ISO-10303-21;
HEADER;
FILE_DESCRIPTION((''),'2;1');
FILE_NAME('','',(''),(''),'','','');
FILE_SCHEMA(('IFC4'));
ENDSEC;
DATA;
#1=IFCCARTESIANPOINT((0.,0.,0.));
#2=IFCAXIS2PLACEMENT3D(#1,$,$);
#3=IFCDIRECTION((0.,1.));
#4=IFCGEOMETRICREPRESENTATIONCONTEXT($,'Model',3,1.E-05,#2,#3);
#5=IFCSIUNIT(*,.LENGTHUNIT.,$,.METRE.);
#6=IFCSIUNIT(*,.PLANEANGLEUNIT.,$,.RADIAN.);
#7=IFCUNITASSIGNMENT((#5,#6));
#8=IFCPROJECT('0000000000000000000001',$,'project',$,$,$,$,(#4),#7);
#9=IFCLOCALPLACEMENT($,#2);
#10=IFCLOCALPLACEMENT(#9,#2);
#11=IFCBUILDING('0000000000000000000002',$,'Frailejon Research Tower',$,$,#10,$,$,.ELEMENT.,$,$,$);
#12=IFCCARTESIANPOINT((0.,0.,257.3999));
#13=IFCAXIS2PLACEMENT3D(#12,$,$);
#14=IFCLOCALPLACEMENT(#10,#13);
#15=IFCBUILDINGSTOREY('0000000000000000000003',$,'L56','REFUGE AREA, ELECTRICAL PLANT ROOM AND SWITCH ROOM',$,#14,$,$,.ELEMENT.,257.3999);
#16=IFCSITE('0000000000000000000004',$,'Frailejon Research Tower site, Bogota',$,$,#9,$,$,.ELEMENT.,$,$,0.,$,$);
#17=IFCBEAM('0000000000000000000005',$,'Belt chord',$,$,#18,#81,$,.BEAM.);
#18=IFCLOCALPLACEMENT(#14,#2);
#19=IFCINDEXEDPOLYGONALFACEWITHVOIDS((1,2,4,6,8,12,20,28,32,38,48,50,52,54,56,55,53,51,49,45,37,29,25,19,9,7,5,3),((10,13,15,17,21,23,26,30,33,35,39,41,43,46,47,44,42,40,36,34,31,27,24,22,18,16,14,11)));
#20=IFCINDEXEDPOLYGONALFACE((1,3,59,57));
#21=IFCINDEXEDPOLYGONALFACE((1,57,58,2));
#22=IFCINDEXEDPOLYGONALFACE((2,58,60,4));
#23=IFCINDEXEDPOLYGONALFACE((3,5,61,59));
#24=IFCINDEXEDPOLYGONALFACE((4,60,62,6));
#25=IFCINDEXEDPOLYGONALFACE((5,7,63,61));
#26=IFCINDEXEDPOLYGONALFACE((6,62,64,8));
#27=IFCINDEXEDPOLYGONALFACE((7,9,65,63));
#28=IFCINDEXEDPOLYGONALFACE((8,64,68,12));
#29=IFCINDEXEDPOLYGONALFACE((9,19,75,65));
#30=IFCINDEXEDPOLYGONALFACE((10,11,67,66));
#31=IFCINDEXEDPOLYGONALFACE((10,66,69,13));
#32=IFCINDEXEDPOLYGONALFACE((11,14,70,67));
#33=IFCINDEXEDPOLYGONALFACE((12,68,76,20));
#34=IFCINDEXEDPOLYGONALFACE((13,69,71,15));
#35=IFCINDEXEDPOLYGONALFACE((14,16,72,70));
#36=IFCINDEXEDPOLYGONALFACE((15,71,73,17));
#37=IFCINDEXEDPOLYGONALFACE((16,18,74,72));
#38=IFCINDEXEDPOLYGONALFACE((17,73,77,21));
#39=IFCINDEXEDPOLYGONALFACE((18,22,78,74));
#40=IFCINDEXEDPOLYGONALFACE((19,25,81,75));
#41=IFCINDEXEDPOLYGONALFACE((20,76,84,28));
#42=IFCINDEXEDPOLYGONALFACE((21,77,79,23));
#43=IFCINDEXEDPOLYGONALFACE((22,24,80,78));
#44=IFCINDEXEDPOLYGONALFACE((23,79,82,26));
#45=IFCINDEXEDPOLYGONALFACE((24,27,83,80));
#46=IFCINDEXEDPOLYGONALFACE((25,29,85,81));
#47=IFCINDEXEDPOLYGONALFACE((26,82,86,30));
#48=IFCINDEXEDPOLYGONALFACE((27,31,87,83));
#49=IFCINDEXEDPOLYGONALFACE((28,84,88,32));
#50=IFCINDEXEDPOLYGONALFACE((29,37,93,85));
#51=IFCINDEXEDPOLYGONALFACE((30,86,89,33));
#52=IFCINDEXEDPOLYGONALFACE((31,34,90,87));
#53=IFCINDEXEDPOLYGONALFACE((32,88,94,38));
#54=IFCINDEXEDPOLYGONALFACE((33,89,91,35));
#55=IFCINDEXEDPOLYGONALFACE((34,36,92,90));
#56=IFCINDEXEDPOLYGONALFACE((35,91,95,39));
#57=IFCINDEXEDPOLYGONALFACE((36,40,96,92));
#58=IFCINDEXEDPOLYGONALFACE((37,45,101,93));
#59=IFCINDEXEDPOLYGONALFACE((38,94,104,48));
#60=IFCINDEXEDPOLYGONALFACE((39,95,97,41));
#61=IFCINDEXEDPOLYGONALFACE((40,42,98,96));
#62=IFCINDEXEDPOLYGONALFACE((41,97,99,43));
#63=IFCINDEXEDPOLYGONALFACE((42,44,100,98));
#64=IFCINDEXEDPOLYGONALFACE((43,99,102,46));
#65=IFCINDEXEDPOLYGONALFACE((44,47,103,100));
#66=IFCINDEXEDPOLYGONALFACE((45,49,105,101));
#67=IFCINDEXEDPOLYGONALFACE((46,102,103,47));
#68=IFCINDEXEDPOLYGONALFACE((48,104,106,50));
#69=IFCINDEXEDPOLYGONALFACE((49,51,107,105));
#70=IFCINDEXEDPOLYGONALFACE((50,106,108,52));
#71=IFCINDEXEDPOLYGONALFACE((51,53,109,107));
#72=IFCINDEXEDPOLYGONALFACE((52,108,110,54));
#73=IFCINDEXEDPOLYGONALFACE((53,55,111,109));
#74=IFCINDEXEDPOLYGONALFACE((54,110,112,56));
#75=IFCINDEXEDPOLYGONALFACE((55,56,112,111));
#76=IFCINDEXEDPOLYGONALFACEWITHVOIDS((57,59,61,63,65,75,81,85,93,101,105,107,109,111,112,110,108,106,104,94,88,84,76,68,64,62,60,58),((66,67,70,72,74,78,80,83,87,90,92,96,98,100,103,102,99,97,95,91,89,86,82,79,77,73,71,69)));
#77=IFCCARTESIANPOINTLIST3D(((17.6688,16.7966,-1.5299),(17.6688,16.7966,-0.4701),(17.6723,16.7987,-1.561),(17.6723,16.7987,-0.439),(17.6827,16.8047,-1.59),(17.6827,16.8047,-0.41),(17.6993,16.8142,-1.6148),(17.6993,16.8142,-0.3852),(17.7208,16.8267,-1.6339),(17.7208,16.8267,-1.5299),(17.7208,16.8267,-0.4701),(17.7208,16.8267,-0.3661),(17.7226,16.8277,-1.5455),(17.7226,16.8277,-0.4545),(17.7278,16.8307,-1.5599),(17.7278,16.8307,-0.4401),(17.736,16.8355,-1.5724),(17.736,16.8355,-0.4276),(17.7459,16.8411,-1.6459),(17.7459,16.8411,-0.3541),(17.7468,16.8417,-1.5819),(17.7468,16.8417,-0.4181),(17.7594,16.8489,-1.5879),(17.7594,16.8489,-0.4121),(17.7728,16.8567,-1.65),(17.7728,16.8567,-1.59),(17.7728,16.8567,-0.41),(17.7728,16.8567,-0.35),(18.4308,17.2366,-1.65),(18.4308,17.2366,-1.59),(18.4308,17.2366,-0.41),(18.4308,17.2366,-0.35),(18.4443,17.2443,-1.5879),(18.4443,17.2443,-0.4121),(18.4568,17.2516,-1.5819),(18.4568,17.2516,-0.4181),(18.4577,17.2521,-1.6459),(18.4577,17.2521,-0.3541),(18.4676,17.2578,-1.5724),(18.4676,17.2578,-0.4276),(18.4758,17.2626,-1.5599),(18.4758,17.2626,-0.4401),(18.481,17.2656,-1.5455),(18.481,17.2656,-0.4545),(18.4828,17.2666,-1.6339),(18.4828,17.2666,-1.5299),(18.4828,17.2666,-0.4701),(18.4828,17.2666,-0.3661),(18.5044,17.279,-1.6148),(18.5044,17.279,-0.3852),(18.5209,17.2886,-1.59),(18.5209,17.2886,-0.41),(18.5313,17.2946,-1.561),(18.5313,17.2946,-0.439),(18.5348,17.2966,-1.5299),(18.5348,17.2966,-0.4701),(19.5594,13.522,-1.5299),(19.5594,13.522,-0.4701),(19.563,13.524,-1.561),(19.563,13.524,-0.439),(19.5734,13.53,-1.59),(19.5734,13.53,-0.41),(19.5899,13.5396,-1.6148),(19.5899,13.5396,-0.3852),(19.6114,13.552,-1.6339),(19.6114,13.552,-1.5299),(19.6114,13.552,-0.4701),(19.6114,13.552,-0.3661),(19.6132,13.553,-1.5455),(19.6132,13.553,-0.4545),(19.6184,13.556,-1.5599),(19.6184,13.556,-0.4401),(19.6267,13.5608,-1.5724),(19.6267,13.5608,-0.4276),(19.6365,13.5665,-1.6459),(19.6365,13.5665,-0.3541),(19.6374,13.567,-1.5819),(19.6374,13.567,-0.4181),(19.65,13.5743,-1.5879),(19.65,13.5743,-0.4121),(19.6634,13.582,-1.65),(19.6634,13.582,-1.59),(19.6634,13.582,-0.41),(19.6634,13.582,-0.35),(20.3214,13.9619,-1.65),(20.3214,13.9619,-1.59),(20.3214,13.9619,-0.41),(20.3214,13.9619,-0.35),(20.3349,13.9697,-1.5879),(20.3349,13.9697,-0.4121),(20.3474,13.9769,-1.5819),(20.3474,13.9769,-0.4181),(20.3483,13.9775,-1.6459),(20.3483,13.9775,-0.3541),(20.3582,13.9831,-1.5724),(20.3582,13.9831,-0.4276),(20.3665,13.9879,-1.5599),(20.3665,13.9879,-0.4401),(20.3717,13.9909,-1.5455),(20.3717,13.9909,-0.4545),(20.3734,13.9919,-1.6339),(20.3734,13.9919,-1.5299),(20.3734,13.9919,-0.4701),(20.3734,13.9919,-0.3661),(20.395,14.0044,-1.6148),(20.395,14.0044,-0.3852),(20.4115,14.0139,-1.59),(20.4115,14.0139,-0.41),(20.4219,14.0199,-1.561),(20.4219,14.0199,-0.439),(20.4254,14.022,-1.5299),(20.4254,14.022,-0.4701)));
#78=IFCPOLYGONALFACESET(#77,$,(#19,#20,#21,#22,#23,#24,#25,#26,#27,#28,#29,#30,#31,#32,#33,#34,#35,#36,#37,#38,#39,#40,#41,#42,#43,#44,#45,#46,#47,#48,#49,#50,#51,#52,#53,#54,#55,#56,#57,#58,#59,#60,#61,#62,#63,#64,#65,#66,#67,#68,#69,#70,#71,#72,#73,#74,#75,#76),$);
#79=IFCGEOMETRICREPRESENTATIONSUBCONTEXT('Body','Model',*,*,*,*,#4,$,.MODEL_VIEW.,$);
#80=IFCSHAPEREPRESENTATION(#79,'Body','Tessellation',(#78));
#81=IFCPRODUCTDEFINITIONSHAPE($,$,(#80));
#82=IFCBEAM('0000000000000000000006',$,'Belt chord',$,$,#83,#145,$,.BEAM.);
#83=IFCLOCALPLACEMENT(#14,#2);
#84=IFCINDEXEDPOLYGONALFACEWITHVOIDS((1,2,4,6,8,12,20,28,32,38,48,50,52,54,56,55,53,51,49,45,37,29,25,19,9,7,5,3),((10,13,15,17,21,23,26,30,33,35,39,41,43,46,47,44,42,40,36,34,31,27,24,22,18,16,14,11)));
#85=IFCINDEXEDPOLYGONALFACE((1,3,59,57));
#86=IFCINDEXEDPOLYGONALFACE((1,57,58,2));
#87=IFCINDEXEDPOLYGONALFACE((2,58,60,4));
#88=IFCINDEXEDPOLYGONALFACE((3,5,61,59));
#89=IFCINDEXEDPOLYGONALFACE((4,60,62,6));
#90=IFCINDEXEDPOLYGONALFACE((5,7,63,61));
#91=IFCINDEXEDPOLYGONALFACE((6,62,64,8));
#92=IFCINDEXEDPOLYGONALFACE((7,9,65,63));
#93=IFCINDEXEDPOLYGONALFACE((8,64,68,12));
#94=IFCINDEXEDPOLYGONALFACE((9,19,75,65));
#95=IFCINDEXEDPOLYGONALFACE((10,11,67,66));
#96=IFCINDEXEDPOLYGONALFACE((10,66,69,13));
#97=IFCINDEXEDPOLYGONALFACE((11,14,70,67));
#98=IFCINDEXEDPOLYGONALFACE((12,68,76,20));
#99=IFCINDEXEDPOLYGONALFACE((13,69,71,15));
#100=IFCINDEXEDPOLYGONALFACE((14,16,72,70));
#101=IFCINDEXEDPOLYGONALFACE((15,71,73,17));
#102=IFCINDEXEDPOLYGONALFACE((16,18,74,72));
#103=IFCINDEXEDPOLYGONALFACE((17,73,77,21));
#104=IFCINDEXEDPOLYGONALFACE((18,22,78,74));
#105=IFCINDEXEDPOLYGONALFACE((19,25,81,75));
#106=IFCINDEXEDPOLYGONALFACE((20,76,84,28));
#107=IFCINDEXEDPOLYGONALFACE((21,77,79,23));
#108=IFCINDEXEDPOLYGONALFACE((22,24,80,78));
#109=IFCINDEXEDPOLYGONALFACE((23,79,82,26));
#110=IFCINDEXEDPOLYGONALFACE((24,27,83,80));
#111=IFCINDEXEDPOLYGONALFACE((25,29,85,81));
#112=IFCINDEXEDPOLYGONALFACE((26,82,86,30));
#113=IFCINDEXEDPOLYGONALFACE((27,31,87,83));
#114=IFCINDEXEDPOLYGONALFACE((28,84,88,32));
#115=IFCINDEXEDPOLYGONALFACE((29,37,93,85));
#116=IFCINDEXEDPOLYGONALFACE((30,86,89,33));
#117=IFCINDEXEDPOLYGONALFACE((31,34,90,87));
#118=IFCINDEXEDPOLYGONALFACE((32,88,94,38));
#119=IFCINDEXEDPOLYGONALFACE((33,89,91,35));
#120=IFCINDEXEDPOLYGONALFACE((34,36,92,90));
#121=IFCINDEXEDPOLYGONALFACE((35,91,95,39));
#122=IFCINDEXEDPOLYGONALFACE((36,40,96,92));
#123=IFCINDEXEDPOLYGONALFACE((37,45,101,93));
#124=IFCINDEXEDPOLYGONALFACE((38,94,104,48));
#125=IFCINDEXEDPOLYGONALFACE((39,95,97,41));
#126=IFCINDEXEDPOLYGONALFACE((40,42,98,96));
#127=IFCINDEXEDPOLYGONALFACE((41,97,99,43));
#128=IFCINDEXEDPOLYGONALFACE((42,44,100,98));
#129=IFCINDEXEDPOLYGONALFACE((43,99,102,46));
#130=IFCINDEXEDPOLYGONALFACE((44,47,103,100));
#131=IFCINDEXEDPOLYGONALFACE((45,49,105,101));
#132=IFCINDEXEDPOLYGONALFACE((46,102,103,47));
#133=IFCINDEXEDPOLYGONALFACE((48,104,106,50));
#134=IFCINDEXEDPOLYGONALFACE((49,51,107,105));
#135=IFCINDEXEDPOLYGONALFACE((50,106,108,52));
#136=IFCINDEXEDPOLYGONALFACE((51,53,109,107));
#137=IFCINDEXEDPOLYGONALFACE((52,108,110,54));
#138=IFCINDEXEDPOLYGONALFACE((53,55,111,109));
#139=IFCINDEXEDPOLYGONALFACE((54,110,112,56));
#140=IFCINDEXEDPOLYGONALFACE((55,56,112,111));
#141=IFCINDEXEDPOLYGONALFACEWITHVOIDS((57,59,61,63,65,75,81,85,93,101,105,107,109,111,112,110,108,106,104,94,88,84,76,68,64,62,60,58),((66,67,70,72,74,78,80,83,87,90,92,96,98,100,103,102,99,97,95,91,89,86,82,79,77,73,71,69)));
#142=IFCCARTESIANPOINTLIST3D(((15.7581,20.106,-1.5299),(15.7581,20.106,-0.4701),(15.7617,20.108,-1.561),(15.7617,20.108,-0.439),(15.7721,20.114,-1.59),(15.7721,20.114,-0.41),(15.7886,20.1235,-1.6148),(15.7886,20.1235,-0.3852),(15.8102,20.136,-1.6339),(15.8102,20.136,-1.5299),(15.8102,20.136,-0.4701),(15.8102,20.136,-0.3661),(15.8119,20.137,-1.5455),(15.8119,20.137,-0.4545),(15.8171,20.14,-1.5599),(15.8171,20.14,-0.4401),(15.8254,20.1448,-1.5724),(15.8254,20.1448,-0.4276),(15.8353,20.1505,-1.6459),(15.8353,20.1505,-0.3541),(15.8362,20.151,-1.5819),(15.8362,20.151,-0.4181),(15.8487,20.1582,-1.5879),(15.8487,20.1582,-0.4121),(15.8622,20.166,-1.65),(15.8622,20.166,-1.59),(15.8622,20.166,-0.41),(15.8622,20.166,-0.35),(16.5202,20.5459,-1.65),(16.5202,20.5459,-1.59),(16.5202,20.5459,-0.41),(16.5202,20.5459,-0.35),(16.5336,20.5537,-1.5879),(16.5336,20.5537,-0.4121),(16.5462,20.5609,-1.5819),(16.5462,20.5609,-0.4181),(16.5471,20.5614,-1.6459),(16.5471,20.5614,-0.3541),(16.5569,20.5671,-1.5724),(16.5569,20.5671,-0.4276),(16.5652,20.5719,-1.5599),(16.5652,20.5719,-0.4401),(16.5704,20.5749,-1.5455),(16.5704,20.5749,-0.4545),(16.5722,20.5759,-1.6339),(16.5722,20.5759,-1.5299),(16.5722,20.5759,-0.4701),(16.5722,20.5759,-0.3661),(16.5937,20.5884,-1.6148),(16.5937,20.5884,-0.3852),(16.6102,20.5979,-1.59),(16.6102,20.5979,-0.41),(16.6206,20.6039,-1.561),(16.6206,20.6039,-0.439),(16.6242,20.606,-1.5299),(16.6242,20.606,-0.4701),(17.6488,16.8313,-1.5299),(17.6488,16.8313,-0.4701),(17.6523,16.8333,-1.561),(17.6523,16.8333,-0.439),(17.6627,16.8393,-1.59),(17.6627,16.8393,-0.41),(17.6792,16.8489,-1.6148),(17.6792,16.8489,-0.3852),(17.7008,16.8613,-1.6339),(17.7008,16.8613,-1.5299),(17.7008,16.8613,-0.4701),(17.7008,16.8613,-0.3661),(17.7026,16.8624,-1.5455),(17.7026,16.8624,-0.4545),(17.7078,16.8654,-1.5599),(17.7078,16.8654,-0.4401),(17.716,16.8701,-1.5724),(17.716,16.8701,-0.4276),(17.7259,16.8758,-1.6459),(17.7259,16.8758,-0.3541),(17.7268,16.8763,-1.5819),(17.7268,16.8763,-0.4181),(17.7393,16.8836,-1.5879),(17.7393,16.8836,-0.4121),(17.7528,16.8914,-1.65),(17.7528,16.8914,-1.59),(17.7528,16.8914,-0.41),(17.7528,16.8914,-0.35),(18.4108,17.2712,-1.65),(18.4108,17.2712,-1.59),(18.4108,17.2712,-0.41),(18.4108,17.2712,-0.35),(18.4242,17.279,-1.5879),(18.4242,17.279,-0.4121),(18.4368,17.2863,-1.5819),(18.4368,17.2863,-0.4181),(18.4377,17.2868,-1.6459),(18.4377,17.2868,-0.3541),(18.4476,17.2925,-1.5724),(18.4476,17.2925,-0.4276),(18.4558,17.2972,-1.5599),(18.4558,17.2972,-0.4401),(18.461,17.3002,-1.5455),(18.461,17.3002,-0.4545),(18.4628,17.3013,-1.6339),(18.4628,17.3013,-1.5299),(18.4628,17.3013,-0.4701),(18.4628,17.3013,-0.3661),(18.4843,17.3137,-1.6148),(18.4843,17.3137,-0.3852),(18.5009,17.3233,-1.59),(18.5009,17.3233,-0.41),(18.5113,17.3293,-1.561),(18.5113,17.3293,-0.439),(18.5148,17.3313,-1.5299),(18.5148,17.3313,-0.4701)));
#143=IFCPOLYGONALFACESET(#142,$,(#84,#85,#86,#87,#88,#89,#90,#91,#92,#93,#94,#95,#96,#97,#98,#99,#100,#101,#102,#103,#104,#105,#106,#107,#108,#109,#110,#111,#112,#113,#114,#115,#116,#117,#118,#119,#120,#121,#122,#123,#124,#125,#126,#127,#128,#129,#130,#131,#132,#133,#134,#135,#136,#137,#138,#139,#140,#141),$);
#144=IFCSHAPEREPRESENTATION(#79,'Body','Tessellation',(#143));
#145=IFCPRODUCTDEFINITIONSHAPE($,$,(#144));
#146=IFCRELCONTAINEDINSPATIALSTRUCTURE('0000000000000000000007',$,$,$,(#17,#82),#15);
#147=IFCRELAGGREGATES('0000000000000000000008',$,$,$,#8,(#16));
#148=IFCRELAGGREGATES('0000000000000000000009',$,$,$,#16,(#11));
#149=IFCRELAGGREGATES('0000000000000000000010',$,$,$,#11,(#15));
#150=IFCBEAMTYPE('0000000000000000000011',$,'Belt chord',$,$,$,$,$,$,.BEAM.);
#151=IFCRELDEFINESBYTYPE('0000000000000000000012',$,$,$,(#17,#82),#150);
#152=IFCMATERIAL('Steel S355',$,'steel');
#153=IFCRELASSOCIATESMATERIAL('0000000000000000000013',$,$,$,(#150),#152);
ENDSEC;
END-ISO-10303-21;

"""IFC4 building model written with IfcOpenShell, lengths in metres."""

from ifc_helpers import new_model, si_unit, direction, frame, origin, origin_2d, place, context, subcontext, project, spatial, hollow_rectangle, extrude, material, material_profile, profile_set, type_object, element, save


model = new_model("IFC4")

# Units and contexts
model_context = context("Model", 3, precision=1e-05, world=origin(), true_north=direction((0.0, 1.0)))
body_context = subcontext(model_context, "Body", "Model", "MODEL_VIEW")
ifc_project = project(units=[si_unit("LENGTHUNIT", "METRE"), si_unit("PLANEANGLEUNIT", "RADIAN")], contexts=[model_context])

# Site, building, storey
site_placement = place(None, origin())
site = spatial("IfcSite", under=ifc_project, at=site_placement, Name="Frailejon Research Tower site, Bogota", CompositionType="ELEMENT", RefElevation=0.0)
building_placement = place(site_placement, origin())
building = spatial("IfcBuilding", under=site, at=building_placement, Name="Frailejon Research Tower", CompositionType="ELEMENT")
storey_placement = place(building_placement, frame((0.0, 0.0, 257.3999)))
storey = spatial("IfcBuildingStorey", under=building, at=storey_placement, Name="L56", Description="REFUGE AREA, ELECTRICAL PLANT ROOM AND SWITCH ROOM", CompositionType="ELEMENT", Elevation=257.3999)

# Beams
ifc_material_1 = material(Name="Steel S355", Category="steel")
ifc_material_profile_1 = material_profile(ifc_material_1, hollow_rectangle(XDim=1.0, YDim=1.3, WallThickness=0.0601, InnerFilletRadius=0.0601, OuterFilletRadius=0.1201, at=origin_2d()), Name="Belt chord")
ifc_profile_set_1 = profile_set([ifc_material_profile_1], Name="Steel S355")
beam_type_1 = type_object("IfcBeamType", Name="Belt chord", PredefinedType="BEAM", material=ifc_profile_set_1)
for number, where, z_axis, x_axis, name in (
    (1, (19.9924, 13.772, -1.0), (-0.5, 0.866025, 0.0), (-0.866025, -0.5, 0.0), "Belt chord"),
    (2, (18.0818, 17.0813, -1.0), (-0.5, 0.866025, 0.0), (-0.866025, -0.5, 0.0), "Belt chord"),
):
    element("IfcBeam", number, at=place(storey_placement, frame(where, z_axis=z_axis, x_axis=x_axis)), inside=storey, type_object=beam_type_1, Name=name, PredefinedType="BEAM", context=body_context, shape_type="SweptSolid", body=[
        extrude(hollow_rectangle(XDim=1.0, YDim=1.3, WallThickness=0.0601, InnerFilletRadius=0.0601, OuterFilletRadius=0.1201, at=origin_2d()), origin(), (0.0, 0.0, 1.0), 3.7812),
    ])

save(model, "model.ifc")
